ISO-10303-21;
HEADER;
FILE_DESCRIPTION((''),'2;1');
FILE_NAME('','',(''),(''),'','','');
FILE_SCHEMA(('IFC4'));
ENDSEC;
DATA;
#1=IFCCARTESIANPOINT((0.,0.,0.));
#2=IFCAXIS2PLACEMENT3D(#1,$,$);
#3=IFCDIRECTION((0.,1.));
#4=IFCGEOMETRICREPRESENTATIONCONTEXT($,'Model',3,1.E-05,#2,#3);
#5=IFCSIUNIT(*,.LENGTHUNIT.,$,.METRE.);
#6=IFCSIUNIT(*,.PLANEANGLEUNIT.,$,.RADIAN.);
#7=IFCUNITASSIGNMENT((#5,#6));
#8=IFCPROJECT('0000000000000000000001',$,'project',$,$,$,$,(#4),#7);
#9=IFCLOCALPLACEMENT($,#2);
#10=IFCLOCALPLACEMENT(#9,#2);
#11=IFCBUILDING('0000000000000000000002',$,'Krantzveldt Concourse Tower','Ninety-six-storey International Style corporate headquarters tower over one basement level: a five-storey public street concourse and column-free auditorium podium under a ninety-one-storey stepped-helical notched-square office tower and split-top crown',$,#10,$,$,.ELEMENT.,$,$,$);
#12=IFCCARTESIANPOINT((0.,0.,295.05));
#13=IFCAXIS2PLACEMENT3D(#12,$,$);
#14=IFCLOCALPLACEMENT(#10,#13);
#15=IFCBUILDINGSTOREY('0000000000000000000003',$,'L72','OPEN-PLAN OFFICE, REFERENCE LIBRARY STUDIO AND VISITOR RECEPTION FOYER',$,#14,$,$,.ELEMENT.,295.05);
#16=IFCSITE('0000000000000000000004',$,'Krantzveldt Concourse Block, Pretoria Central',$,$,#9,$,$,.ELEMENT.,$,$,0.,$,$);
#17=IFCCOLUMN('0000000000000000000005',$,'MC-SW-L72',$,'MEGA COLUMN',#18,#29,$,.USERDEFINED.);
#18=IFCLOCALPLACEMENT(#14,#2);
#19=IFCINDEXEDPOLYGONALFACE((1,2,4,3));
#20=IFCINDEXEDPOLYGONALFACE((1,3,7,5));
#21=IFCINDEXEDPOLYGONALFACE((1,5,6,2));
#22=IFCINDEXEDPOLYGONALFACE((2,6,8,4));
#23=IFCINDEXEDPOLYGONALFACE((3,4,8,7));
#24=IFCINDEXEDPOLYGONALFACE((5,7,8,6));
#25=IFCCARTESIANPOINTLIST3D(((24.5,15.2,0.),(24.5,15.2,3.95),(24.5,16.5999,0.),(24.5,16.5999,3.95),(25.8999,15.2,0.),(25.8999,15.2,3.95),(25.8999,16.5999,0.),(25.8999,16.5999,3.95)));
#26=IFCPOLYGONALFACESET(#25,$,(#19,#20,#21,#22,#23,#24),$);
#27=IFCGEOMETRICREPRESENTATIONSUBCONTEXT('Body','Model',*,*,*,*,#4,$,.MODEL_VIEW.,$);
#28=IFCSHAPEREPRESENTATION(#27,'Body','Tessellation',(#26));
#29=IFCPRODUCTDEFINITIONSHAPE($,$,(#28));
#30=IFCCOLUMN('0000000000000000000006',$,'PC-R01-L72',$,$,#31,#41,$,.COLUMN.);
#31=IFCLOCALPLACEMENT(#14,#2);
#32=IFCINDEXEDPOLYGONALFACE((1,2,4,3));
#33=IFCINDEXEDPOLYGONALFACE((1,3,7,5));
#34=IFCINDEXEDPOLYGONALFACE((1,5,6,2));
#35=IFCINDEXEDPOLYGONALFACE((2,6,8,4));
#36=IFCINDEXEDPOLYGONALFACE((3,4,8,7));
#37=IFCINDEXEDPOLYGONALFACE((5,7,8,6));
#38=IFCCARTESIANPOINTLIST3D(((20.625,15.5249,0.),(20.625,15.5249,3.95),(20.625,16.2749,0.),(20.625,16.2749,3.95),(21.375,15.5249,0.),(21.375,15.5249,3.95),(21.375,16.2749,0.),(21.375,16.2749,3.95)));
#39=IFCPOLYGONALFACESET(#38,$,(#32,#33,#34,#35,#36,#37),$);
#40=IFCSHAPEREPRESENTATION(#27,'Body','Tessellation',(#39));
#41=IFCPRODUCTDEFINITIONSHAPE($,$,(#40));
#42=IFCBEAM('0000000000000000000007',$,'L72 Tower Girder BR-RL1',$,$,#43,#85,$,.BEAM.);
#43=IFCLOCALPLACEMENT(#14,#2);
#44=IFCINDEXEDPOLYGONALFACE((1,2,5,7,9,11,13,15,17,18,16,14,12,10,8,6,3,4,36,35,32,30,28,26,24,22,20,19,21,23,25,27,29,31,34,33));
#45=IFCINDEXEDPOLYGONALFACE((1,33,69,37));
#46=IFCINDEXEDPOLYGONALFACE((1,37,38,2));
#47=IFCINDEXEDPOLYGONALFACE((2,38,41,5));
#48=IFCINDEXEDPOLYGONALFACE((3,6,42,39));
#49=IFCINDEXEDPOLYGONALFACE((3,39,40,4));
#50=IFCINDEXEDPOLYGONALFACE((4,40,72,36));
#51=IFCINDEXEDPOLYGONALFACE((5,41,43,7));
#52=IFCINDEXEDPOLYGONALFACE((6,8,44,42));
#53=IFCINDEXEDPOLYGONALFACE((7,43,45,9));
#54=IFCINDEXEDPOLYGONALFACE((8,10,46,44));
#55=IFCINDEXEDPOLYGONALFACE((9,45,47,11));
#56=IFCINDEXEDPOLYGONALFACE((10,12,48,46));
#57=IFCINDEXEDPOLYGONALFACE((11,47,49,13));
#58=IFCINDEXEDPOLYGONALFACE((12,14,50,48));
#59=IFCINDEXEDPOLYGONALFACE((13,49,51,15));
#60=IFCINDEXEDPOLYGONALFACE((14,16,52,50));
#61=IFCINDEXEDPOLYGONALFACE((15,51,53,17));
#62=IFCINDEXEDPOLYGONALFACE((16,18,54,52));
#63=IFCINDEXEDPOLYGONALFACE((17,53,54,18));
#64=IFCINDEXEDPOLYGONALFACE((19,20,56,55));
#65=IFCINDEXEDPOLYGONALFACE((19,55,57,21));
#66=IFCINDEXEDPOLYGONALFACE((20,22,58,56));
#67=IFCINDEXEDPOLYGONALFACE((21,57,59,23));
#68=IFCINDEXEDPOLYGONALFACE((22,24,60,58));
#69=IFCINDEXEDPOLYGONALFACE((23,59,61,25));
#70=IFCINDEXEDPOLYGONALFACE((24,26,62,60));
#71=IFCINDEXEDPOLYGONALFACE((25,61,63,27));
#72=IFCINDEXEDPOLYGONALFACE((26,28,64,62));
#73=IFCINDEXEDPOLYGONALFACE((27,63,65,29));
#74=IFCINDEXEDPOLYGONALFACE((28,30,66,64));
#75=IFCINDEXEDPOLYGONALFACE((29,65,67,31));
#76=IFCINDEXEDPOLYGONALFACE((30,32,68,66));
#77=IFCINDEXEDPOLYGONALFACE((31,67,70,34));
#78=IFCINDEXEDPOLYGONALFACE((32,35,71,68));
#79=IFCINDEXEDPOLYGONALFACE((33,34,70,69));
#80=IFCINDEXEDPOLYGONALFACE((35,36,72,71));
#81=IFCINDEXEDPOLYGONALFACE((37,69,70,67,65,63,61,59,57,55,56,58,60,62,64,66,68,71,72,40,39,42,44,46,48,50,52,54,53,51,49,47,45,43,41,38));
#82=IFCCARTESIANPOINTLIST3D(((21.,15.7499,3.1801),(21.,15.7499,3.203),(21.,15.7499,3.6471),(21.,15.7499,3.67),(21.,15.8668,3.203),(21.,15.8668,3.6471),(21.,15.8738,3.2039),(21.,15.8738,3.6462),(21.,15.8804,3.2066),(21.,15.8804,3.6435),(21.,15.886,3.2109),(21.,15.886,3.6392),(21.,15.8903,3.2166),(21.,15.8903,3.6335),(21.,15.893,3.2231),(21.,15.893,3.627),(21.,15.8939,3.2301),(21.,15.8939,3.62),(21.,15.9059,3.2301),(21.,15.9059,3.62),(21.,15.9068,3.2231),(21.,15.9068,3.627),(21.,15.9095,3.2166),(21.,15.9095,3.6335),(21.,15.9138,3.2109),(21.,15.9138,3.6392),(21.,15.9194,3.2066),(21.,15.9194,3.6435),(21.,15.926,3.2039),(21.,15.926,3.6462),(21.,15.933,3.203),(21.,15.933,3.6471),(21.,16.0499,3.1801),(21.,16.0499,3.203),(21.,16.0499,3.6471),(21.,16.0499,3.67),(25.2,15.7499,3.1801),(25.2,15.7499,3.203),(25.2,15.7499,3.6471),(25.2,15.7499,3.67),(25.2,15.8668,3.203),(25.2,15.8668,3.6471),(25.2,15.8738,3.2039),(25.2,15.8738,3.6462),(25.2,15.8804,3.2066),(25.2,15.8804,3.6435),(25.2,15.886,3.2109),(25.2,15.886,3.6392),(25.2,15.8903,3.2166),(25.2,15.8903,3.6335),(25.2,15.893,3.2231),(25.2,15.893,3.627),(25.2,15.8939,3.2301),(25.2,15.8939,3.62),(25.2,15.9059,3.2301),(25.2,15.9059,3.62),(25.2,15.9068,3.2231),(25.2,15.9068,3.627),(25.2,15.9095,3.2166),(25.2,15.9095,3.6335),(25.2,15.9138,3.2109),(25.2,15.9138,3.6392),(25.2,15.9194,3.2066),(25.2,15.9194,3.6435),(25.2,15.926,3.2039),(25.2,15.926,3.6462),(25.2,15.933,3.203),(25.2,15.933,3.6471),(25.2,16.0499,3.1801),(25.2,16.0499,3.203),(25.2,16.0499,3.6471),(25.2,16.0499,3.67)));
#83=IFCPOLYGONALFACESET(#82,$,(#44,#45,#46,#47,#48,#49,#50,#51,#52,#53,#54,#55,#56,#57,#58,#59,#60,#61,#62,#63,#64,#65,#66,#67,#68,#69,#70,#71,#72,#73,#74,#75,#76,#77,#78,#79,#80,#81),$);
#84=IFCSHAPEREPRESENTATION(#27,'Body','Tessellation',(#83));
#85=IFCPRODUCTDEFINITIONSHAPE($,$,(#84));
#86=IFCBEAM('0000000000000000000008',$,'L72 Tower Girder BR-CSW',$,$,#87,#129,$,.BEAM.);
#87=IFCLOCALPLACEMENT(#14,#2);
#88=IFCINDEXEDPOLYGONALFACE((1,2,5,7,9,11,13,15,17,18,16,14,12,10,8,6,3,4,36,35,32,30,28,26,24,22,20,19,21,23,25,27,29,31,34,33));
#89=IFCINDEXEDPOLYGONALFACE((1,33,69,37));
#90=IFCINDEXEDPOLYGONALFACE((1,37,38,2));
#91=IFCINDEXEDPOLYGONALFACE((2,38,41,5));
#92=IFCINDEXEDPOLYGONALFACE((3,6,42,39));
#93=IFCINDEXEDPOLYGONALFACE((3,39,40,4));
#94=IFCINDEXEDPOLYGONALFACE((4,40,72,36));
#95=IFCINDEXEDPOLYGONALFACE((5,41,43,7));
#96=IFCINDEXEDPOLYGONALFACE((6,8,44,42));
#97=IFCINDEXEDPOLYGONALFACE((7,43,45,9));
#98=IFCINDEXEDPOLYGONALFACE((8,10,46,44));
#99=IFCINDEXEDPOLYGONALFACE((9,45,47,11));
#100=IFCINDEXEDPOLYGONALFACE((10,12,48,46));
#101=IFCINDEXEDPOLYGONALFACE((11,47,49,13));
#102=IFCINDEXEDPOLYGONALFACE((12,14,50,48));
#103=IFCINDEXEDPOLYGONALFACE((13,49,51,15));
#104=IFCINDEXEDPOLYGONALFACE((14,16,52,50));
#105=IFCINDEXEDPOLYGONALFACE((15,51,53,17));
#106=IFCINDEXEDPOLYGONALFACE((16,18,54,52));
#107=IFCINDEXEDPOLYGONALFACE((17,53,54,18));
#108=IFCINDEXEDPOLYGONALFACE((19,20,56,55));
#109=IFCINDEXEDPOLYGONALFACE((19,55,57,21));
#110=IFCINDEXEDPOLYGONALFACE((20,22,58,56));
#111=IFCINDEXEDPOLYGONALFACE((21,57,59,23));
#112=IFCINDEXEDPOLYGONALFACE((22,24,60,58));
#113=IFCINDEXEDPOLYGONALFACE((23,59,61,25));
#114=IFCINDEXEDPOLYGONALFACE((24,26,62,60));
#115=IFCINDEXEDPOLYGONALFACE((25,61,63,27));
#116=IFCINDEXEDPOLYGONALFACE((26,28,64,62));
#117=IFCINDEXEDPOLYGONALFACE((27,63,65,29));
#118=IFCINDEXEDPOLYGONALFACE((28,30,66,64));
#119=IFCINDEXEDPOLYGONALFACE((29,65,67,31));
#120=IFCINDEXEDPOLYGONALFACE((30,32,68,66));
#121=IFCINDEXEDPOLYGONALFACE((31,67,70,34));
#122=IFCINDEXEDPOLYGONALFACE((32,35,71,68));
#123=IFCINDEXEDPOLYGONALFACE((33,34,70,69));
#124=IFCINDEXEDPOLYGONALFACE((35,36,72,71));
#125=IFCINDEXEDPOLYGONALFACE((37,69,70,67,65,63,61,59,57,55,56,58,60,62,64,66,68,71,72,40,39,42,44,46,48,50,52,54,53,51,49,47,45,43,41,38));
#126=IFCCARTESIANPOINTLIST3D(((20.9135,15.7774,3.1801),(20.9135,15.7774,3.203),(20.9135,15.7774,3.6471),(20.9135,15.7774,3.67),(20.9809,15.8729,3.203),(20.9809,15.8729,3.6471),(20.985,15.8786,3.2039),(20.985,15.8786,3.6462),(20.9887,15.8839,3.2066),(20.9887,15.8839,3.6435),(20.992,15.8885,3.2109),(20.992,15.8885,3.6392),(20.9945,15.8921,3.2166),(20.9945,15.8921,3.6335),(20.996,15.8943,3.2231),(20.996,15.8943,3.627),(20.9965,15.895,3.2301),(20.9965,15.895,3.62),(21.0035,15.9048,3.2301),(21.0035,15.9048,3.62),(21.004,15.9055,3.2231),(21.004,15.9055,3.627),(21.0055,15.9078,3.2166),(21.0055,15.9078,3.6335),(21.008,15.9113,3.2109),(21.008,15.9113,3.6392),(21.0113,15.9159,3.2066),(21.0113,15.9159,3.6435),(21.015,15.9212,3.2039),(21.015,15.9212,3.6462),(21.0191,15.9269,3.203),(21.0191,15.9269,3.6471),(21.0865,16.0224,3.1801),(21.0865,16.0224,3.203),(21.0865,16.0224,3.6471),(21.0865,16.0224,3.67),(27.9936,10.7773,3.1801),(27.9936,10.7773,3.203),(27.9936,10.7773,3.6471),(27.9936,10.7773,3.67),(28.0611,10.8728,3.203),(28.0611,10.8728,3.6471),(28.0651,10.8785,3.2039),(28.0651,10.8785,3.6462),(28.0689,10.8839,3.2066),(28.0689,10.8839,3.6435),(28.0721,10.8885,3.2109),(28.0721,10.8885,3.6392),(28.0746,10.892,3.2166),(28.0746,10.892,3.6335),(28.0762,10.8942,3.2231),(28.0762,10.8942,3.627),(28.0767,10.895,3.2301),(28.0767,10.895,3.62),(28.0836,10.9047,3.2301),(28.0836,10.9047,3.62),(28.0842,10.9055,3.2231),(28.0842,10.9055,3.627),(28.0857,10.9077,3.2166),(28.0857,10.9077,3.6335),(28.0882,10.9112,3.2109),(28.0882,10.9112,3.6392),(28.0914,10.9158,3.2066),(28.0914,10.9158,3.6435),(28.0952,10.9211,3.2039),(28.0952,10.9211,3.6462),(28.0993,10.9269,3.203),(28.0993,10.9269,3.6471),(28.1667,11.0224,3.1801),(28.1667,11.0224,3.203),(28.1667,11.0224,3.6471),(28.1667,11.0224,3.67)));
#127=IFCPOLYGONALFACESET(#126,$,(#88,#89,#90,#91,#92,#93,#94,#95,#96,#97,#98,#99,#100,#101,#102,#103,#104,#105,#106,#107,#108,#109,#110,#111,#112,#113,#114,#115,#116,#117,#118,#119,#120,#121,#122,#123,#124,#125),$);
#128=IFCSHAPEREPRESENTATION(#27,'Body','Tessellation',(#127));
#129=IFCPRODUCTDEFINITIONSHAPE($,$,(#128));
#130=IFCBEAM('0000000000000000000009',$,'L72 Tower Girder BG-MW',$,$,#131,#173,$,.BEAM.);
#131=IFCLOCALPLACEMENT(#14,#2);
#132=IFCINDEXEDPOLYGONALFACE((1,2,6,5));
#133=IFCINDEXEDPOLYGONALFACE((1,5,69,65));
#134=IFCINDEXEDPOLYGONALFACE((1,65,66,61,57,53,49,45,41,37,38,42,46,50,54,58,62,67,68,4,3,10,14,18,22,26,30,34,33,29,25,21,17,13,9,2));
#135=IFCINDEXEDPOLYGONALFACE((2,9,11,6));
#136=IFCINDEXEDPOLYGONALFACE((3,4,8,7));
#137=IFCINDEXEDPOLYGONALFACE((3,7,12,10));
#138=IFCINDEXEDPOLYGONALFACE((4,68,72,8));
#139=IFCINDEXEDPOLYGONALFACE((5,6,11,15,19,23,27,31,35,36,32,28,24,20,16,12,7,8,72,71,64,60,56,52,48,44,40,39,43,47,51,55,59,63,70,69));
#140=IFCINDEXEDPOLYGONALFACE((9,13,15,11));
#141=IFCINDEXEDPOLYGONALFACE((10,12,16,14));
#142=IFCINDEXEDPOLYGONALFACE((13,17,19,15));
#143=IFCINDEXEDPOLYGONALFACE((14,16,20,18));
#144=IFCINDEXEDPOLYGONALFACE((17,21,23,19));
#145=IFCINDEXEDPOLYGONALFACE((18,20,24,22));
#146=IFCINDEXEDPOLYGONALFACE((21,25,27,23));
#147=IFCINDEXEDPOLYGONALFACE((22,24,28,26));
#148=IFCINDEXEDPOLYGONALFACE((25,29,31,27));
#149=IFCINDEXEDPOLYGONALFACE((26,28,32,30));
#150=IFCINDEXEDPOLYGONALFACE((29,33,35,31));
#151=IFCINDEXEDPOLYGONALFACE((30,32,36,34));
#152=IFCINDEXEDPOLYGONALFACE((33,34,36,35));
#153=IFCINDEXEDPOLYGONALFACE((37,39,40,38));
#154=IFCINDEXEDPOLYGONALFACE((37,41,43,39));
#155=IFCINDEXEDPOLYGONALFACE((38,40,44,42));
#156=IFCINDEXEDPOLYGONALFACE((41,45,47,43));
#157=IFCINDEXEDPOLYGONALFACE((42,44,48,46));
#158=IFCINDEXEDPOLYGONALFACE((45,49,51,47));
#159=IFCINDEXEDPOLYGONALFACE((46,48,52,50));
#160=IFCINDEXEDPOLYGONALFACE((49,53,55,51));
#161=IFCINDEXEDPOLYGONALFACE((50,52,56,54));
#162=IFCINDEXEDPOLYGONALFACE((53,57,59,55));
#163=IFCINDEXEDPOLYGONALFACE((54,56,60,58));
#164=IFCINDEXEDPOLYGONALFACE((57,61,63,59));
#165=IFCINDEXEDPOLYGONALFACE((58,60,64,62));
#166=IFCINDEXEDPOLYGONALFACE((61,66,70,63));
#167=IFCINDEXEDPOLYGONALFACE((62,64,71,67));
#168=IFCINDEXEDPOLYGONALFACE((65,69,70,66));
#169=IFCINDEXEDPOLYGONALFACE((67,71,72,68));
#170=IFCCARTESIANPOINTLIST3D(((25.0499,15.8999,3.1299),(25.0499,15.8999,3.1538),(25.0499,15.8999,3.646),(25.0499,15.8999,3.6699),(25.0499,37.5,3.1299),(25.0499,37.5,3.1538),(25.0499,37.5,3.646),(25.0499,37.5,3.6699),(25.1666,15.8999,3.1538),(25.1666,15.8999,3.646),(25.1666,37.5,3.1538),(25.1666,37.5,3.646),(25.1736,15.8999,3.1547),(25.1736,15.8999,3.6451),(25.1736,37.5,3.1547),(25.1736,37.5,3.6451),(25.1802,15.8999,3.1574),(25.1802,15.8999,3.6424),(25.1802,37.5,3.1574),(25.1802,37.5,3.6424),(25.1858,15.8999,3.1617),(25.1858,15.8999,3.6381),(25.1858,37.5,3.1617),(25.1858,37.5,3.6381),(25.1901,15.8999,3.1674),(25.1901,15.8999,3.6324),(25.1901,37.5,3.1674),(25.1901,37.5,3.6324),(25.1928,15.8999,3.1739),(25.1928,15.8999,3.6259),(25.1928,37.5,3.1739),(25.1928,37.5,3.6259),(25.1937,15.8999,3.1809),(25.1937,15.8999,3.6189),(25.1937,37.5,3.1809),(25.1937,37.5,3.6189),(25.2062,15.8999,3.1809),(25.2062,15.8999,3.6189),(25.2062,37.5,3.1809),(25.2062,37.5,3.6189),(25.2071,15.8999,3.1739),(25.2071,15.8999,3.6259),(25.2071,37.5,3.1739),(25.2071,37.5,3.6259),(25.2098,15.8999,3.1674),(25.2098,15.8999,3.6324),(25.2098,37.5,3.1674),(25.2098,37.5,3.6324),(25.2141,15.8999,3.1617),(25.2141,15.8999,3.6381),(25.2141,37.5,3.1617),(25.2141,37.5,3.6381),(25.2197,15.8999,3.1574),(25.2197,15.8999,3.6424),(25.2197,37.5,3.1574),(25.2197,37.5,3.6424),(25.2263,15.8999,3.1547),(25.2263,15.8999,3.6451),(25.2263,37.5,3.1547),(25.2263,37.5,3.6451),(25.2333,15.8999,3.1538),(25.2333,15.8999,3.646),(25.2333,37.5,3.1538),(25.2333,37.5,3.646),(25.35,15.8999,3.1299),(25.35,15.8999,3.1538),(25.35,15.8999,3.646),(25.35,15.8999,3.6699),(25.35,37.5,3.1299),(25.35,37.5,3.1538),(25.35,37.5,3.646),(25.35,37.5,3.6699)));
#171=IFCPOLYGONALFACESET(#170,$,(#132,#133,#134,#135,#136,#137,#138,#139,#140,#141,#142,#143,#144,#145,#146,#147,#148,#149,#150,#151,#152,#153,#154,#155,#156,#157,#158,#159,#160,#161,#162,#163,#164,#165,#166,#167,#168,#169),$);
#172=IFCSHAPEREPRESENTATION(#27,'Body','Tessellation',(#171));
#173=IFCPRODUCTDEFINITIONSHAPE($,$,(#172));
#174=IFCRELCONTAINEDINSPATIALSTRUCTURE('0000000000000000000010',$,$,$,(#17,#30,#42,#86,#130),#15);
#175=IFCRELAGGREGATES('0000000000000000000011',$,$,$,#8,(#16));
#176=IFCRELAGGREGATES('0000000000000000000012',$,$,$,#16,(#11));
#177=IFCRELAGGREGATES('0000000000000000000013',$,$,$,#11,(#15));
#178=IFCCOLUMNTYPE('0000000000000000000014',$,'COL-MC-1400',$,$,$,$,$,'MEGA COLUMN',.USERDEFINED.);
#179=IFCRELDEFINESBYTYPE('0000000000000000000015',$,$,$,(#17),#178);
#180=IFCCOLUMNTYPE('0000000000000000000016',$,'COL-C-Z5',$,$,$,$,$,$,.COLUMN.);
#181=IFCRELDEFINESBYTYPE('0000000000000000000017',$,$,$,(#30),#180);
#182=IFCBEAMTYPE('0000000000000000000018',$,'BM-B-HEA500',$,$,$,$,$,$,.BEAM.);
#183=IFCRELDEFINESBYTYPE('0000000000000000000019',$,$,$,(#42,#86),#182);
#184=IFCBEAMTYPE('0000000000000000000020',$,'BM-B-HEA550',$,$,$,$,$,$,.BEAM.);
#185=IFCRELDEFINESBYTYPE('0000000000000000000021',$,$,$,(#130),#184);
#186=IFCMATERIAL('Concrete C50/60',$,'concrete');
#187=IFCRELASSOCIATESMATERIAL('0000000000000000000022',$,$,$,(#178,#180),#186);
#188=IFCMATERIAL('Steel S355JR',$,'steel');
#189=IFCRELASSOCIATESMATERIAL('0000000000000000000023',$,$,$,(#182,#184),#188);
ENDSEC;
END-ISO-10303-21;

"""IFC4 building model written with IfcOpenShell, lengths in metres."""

from ifc_helpers import new_model, si_unit, direction, frame, origin, origin_2d, place, context, subcontext, project, spatial, rectangle, i_section, extrude, source, transform, mapped, material, material_profile, profile_set, type_object, type_shapes, element, save


model = new_model("IFC4")

# Units and contexts
model_context = context("Model", 3, precision=1e-05, world=origin(), true_north=direction((0.0, 1.0)))
body_context = subcontext(model_context, "Body", "Model", "MODEL_VIEW")
ifc_project = project(units=[si_unit("LENGTHUNIT", "METRE"), si_unit("PLANEANGLEUNIT", "RADIAN")], contexts=[model_context])

# Site, building, storey
site_placement = place(None, origin())
site = spatial("IfcSite", under=ifc_project, at=site_placement, Name="Krantzveldt Concourse Block, Pretoria Central", CompositionType="ELEMENT", RefElevation=0.0)
building_placement = place(site_placement, origin())
building = spatial("IfcBuilding", under=site, at=building_placement, Name="Krantzveldt Concourse Tower", Description="Ninety-six-storey International Style corporate headquarters tower over one basement level: a five-storey public street concourse and column-free auditorium podium under a ninety-one-storey stepped-helical notched-square office tower and split-top crown", CompositionType="ELEMENT")
storey_placement = place(building_placement, frame((0.0, 0.0, 295.05)))
storey = spatial("IfcBuildingStorey", under=building, at=storey_placement, Name="L72", Description="OPEN-PLAN OFFICE, REFERENCE LIBRARY STUDIO AND VISITOR RECEPTION FOYER", CompositionType="ELEMENT", Elevation=295.05)

# Columns
ifc_material_1 = material(Name="Concrete C50/60", Category="concrete")
ifc_material_profile_1 = material_profile(ifc_material_1, rectangle(XDim=1.3999, YDim=1.3999, at=origin_2d()), Name="Concrete C50/60", Category="concrete")
ifc_profile_set_1 = profile_set([ifc_material_profile_1], Name="Concrete C50/60 - RC 1400x1400")
column_type_1 = type_object("IfcColumnType", Name="COL-MC-1400", ElementType="MEGA COLUMN", PredefinedType="USERDEFINED", material=ifc_profile_set_1)
shared_shape_1 = source(origin(), body_context, "Body", "SweptSolid", [
    extrude(rectangle(XDim=1.3999, YDim=1.3999, at=origin_2d()), origin(), (0.0, 0.0, 1.0), 3.95),
])
type_shapes(column_type_1, [shared_shape_1])
column_1_placement = place(storey_placement, frame((25.2, 15.8999, 0.0), z_axis=(0.0, 0.0, 1.0), x_axis=(1.0, 0.0, 0.0)))
element("IfcColumn", 1, at=column_1_placement, inside=storey, type_object=column_type_1, Name="MC-SW-L72", ObjectType="MEGA COLUMN", PredefinedType="USERDEFINED", context=body_context, shape_type="MappedRepresentation", body=[
    mapped(shared_shape_1, transform((0.0, 0.0, 0.0), x_axis=(1.0, 0.0, 0.0), y_axis=(0.0, 1.0, 0.0), z_axis=(0.0, 0.0, 1.0), scale=1.0)),
])
ifc_material_profile_2 = material_profile(ifc_material_1, rectangle(XDim=0.75, YDim=0.75, at=origin_2d()), Name="Concrete C50/60", Category="concrete")
ifc_profile_set_2 = profile_set([ifc_material_profile_2], Name="Concrete C50/60 - RC 750x750")
column_type_2 = type_object("IfcColumnType", Name="COL-C-Z5", PredefinedType="COLUMN", material=ifc_profile_set_2)
shared_shape_2 = source(origin(), body_context, "Body", "SweptSolid", [
    extrude(rectangle(XDim=0.75, YDim=0.75, at=origin_2d()), origin(), (0.0, 0.0, 1.0), 3.95),
])
type_shapes(column_type_2, [shared_shape_2])
column_2_placement = place(storey_placement, frame((21.0, 15.8999, 0.0), z_axis=(0.0, 0.0, 1.0), x_axis=(1.0, 0.0, 0.0)))
element("IfcColumn", 2, at=column_2_placement, inside=storey, type_object=column_type_2, Name="PC-R01-L72", PredefinedType="COLUMN", context=body_context, shape_type="MappedRepresentation", body=[
    mapped(shared_shape_2, transform((0.0, 0.0, 0.0), x_axis=(1.0, 0.0, 0.0), y_axis=(0.0, 1.0, 0.0), z_axis=(0.0, 0.0, 1.0), scale=1.0)),
])

# Beams
ifc_material_2 = material(Name="Steel S355JR", Category="steel")
ifc_material_profile_3 = material_profile(ifc_material_2, i_section(OverallWidth=0.3, OverallDepth=0.49, WebThickness=0.012, FlangeThickness=0.0229, FilletRadius=0.0271, at=origin_2d()), Name="Steel S355JR", Category="steel")
ifc_profile_set_3 = profile_set([ifc_material_profile_3], Name="Steel S355JR - HEA 500")
beam_type_1 = type_object("IfcBeamType", Name="BM-B-HEA500", PredefinedType="BEAM", material=ifc_profile_set_3)
shared_shape_3 = source(origin(), body_context, "Body", "SweptSolid", [
    extrude(i_section(OverallWidth=0.3, OverallDepth=0.49, WebThickness=0.012, FlangeThickness=0.0229, FilletRadius=0.0271, at=origin_2d()), origin(), (0.0, 0.0, 1.0), 4.2),
])
beam_1_placement = place(storey_placement, frame((21.0, 15.8999, 3.425), z_axis=(1.0, 0.0, 0.0), x_axis=(0.0, 1.0, 0.0)))
element("IfcBeam", 3, at=beam_1_placement, inside=storey, type_object=beam_type_1, Name="L72 Tower Girder BR-RL1", PredefinedType="BEAM", context=body_context, shape_type="MappedRepresentation", body=[
    mapped(shared_shape_3, transform((0.0, 0.0, 0.0), x_axis=(1.0, 0.0, 0.0), y_axis=(0.0, 1.0, 0.0), z_axis=(0.0, 0.0, 1.0), scale=1.0)),
])
shared_shape_4 = source(origin(), body_context, "Body", "SweptSolid", [
    extrude(i_section(OverallWidth=0.3, OverallDepth=0.49, WebThickness=0.012, FlangeThickness=0.0229, FilletRadius=0.0271, at=origin_2d()), origin(), (0.0, 0.0, 1.0), 8.6677),
])
type_shapes(beam_type_1, [shared_shape_3, shared_shape_4])
beam_2_placement = place(storey_placement, frame((21.0, 15.8999, 3.425), z_axis=(0.816843, -0.57686, 0.0), x_axis=(0.57686, 0.816843, 0.0)))
element("IfcBeam", 4, at=beam_2_placement, inside=storey, type_object=beam_type_1, Name="L72 Tower Girder BR-CSW", PredefinedType="BEAM", context=body_context, shape_type="MappedRepresentation", body=[
    mapped(shared_shape_4, transform((0.0, 0.0, 0.0), x_axis=(1.0, 0.0, 0.0), y_axis=(0.0, 1.0, 0.0), z_axis=(0.0, 0.0, 1.0), scale=1.0)),
])
ifc_material_profile_4 = material_profile(ifc_material_2, i_section(OverallWidth=0.3, OverallDepth=0.54, WebThickness=0.0125, FlangeThickness=0.0239, FilletRadius=0.0271, at=origin_2d()), Name="Steel S355JR", Category="steel")
ifc_profile_set_4 = profile_set([ifc_material_profile_4], Name="Steel S355JR - HEA 550")
beam_type_2 = type_object("IfcBeamType", Name="BM-B-HEA550", PredefinedType="BEAM", material=ifc_profile_set_4)
shared_shape_5 = source(origin(), body_context, "Body", "SweptSolid", [
    extrude(i_section(OverallWidth=0.3, OverallDepth=0.54, WebThickness=0.0125, FlangeThickness=0.0239, FilletRadius=0.0271, at=origin_2d()), origin(), (0.0, 0.0, 1.0), 21.6001),
])
beam_3_placement = place(storey_placement, frame((25.2, 15.8999, 3.3999), z_axis=(0.0, 1.0, 0.0), x_axis=(-1.0, 0.0, 0.0)))
element("IfcBeam", 5, at=beam_3_placement, inside=storey, type_object=beam_type_2, Name="L72 Tower Girder BG-MW", PredefinedType="BEAM", context=body_context, shape_type="MappedRepresentation", body=[
    mapped(shared_shape_5, transform((0.0, 0.0, 0.0), x_axis=(1.0, 0.0, 0.0), y_axis=(0.0, 1.0, 0.0), z_axis=(0.0, 0.0, 1.0), scale=1.0)),
])

save(model, "model.ifc")
